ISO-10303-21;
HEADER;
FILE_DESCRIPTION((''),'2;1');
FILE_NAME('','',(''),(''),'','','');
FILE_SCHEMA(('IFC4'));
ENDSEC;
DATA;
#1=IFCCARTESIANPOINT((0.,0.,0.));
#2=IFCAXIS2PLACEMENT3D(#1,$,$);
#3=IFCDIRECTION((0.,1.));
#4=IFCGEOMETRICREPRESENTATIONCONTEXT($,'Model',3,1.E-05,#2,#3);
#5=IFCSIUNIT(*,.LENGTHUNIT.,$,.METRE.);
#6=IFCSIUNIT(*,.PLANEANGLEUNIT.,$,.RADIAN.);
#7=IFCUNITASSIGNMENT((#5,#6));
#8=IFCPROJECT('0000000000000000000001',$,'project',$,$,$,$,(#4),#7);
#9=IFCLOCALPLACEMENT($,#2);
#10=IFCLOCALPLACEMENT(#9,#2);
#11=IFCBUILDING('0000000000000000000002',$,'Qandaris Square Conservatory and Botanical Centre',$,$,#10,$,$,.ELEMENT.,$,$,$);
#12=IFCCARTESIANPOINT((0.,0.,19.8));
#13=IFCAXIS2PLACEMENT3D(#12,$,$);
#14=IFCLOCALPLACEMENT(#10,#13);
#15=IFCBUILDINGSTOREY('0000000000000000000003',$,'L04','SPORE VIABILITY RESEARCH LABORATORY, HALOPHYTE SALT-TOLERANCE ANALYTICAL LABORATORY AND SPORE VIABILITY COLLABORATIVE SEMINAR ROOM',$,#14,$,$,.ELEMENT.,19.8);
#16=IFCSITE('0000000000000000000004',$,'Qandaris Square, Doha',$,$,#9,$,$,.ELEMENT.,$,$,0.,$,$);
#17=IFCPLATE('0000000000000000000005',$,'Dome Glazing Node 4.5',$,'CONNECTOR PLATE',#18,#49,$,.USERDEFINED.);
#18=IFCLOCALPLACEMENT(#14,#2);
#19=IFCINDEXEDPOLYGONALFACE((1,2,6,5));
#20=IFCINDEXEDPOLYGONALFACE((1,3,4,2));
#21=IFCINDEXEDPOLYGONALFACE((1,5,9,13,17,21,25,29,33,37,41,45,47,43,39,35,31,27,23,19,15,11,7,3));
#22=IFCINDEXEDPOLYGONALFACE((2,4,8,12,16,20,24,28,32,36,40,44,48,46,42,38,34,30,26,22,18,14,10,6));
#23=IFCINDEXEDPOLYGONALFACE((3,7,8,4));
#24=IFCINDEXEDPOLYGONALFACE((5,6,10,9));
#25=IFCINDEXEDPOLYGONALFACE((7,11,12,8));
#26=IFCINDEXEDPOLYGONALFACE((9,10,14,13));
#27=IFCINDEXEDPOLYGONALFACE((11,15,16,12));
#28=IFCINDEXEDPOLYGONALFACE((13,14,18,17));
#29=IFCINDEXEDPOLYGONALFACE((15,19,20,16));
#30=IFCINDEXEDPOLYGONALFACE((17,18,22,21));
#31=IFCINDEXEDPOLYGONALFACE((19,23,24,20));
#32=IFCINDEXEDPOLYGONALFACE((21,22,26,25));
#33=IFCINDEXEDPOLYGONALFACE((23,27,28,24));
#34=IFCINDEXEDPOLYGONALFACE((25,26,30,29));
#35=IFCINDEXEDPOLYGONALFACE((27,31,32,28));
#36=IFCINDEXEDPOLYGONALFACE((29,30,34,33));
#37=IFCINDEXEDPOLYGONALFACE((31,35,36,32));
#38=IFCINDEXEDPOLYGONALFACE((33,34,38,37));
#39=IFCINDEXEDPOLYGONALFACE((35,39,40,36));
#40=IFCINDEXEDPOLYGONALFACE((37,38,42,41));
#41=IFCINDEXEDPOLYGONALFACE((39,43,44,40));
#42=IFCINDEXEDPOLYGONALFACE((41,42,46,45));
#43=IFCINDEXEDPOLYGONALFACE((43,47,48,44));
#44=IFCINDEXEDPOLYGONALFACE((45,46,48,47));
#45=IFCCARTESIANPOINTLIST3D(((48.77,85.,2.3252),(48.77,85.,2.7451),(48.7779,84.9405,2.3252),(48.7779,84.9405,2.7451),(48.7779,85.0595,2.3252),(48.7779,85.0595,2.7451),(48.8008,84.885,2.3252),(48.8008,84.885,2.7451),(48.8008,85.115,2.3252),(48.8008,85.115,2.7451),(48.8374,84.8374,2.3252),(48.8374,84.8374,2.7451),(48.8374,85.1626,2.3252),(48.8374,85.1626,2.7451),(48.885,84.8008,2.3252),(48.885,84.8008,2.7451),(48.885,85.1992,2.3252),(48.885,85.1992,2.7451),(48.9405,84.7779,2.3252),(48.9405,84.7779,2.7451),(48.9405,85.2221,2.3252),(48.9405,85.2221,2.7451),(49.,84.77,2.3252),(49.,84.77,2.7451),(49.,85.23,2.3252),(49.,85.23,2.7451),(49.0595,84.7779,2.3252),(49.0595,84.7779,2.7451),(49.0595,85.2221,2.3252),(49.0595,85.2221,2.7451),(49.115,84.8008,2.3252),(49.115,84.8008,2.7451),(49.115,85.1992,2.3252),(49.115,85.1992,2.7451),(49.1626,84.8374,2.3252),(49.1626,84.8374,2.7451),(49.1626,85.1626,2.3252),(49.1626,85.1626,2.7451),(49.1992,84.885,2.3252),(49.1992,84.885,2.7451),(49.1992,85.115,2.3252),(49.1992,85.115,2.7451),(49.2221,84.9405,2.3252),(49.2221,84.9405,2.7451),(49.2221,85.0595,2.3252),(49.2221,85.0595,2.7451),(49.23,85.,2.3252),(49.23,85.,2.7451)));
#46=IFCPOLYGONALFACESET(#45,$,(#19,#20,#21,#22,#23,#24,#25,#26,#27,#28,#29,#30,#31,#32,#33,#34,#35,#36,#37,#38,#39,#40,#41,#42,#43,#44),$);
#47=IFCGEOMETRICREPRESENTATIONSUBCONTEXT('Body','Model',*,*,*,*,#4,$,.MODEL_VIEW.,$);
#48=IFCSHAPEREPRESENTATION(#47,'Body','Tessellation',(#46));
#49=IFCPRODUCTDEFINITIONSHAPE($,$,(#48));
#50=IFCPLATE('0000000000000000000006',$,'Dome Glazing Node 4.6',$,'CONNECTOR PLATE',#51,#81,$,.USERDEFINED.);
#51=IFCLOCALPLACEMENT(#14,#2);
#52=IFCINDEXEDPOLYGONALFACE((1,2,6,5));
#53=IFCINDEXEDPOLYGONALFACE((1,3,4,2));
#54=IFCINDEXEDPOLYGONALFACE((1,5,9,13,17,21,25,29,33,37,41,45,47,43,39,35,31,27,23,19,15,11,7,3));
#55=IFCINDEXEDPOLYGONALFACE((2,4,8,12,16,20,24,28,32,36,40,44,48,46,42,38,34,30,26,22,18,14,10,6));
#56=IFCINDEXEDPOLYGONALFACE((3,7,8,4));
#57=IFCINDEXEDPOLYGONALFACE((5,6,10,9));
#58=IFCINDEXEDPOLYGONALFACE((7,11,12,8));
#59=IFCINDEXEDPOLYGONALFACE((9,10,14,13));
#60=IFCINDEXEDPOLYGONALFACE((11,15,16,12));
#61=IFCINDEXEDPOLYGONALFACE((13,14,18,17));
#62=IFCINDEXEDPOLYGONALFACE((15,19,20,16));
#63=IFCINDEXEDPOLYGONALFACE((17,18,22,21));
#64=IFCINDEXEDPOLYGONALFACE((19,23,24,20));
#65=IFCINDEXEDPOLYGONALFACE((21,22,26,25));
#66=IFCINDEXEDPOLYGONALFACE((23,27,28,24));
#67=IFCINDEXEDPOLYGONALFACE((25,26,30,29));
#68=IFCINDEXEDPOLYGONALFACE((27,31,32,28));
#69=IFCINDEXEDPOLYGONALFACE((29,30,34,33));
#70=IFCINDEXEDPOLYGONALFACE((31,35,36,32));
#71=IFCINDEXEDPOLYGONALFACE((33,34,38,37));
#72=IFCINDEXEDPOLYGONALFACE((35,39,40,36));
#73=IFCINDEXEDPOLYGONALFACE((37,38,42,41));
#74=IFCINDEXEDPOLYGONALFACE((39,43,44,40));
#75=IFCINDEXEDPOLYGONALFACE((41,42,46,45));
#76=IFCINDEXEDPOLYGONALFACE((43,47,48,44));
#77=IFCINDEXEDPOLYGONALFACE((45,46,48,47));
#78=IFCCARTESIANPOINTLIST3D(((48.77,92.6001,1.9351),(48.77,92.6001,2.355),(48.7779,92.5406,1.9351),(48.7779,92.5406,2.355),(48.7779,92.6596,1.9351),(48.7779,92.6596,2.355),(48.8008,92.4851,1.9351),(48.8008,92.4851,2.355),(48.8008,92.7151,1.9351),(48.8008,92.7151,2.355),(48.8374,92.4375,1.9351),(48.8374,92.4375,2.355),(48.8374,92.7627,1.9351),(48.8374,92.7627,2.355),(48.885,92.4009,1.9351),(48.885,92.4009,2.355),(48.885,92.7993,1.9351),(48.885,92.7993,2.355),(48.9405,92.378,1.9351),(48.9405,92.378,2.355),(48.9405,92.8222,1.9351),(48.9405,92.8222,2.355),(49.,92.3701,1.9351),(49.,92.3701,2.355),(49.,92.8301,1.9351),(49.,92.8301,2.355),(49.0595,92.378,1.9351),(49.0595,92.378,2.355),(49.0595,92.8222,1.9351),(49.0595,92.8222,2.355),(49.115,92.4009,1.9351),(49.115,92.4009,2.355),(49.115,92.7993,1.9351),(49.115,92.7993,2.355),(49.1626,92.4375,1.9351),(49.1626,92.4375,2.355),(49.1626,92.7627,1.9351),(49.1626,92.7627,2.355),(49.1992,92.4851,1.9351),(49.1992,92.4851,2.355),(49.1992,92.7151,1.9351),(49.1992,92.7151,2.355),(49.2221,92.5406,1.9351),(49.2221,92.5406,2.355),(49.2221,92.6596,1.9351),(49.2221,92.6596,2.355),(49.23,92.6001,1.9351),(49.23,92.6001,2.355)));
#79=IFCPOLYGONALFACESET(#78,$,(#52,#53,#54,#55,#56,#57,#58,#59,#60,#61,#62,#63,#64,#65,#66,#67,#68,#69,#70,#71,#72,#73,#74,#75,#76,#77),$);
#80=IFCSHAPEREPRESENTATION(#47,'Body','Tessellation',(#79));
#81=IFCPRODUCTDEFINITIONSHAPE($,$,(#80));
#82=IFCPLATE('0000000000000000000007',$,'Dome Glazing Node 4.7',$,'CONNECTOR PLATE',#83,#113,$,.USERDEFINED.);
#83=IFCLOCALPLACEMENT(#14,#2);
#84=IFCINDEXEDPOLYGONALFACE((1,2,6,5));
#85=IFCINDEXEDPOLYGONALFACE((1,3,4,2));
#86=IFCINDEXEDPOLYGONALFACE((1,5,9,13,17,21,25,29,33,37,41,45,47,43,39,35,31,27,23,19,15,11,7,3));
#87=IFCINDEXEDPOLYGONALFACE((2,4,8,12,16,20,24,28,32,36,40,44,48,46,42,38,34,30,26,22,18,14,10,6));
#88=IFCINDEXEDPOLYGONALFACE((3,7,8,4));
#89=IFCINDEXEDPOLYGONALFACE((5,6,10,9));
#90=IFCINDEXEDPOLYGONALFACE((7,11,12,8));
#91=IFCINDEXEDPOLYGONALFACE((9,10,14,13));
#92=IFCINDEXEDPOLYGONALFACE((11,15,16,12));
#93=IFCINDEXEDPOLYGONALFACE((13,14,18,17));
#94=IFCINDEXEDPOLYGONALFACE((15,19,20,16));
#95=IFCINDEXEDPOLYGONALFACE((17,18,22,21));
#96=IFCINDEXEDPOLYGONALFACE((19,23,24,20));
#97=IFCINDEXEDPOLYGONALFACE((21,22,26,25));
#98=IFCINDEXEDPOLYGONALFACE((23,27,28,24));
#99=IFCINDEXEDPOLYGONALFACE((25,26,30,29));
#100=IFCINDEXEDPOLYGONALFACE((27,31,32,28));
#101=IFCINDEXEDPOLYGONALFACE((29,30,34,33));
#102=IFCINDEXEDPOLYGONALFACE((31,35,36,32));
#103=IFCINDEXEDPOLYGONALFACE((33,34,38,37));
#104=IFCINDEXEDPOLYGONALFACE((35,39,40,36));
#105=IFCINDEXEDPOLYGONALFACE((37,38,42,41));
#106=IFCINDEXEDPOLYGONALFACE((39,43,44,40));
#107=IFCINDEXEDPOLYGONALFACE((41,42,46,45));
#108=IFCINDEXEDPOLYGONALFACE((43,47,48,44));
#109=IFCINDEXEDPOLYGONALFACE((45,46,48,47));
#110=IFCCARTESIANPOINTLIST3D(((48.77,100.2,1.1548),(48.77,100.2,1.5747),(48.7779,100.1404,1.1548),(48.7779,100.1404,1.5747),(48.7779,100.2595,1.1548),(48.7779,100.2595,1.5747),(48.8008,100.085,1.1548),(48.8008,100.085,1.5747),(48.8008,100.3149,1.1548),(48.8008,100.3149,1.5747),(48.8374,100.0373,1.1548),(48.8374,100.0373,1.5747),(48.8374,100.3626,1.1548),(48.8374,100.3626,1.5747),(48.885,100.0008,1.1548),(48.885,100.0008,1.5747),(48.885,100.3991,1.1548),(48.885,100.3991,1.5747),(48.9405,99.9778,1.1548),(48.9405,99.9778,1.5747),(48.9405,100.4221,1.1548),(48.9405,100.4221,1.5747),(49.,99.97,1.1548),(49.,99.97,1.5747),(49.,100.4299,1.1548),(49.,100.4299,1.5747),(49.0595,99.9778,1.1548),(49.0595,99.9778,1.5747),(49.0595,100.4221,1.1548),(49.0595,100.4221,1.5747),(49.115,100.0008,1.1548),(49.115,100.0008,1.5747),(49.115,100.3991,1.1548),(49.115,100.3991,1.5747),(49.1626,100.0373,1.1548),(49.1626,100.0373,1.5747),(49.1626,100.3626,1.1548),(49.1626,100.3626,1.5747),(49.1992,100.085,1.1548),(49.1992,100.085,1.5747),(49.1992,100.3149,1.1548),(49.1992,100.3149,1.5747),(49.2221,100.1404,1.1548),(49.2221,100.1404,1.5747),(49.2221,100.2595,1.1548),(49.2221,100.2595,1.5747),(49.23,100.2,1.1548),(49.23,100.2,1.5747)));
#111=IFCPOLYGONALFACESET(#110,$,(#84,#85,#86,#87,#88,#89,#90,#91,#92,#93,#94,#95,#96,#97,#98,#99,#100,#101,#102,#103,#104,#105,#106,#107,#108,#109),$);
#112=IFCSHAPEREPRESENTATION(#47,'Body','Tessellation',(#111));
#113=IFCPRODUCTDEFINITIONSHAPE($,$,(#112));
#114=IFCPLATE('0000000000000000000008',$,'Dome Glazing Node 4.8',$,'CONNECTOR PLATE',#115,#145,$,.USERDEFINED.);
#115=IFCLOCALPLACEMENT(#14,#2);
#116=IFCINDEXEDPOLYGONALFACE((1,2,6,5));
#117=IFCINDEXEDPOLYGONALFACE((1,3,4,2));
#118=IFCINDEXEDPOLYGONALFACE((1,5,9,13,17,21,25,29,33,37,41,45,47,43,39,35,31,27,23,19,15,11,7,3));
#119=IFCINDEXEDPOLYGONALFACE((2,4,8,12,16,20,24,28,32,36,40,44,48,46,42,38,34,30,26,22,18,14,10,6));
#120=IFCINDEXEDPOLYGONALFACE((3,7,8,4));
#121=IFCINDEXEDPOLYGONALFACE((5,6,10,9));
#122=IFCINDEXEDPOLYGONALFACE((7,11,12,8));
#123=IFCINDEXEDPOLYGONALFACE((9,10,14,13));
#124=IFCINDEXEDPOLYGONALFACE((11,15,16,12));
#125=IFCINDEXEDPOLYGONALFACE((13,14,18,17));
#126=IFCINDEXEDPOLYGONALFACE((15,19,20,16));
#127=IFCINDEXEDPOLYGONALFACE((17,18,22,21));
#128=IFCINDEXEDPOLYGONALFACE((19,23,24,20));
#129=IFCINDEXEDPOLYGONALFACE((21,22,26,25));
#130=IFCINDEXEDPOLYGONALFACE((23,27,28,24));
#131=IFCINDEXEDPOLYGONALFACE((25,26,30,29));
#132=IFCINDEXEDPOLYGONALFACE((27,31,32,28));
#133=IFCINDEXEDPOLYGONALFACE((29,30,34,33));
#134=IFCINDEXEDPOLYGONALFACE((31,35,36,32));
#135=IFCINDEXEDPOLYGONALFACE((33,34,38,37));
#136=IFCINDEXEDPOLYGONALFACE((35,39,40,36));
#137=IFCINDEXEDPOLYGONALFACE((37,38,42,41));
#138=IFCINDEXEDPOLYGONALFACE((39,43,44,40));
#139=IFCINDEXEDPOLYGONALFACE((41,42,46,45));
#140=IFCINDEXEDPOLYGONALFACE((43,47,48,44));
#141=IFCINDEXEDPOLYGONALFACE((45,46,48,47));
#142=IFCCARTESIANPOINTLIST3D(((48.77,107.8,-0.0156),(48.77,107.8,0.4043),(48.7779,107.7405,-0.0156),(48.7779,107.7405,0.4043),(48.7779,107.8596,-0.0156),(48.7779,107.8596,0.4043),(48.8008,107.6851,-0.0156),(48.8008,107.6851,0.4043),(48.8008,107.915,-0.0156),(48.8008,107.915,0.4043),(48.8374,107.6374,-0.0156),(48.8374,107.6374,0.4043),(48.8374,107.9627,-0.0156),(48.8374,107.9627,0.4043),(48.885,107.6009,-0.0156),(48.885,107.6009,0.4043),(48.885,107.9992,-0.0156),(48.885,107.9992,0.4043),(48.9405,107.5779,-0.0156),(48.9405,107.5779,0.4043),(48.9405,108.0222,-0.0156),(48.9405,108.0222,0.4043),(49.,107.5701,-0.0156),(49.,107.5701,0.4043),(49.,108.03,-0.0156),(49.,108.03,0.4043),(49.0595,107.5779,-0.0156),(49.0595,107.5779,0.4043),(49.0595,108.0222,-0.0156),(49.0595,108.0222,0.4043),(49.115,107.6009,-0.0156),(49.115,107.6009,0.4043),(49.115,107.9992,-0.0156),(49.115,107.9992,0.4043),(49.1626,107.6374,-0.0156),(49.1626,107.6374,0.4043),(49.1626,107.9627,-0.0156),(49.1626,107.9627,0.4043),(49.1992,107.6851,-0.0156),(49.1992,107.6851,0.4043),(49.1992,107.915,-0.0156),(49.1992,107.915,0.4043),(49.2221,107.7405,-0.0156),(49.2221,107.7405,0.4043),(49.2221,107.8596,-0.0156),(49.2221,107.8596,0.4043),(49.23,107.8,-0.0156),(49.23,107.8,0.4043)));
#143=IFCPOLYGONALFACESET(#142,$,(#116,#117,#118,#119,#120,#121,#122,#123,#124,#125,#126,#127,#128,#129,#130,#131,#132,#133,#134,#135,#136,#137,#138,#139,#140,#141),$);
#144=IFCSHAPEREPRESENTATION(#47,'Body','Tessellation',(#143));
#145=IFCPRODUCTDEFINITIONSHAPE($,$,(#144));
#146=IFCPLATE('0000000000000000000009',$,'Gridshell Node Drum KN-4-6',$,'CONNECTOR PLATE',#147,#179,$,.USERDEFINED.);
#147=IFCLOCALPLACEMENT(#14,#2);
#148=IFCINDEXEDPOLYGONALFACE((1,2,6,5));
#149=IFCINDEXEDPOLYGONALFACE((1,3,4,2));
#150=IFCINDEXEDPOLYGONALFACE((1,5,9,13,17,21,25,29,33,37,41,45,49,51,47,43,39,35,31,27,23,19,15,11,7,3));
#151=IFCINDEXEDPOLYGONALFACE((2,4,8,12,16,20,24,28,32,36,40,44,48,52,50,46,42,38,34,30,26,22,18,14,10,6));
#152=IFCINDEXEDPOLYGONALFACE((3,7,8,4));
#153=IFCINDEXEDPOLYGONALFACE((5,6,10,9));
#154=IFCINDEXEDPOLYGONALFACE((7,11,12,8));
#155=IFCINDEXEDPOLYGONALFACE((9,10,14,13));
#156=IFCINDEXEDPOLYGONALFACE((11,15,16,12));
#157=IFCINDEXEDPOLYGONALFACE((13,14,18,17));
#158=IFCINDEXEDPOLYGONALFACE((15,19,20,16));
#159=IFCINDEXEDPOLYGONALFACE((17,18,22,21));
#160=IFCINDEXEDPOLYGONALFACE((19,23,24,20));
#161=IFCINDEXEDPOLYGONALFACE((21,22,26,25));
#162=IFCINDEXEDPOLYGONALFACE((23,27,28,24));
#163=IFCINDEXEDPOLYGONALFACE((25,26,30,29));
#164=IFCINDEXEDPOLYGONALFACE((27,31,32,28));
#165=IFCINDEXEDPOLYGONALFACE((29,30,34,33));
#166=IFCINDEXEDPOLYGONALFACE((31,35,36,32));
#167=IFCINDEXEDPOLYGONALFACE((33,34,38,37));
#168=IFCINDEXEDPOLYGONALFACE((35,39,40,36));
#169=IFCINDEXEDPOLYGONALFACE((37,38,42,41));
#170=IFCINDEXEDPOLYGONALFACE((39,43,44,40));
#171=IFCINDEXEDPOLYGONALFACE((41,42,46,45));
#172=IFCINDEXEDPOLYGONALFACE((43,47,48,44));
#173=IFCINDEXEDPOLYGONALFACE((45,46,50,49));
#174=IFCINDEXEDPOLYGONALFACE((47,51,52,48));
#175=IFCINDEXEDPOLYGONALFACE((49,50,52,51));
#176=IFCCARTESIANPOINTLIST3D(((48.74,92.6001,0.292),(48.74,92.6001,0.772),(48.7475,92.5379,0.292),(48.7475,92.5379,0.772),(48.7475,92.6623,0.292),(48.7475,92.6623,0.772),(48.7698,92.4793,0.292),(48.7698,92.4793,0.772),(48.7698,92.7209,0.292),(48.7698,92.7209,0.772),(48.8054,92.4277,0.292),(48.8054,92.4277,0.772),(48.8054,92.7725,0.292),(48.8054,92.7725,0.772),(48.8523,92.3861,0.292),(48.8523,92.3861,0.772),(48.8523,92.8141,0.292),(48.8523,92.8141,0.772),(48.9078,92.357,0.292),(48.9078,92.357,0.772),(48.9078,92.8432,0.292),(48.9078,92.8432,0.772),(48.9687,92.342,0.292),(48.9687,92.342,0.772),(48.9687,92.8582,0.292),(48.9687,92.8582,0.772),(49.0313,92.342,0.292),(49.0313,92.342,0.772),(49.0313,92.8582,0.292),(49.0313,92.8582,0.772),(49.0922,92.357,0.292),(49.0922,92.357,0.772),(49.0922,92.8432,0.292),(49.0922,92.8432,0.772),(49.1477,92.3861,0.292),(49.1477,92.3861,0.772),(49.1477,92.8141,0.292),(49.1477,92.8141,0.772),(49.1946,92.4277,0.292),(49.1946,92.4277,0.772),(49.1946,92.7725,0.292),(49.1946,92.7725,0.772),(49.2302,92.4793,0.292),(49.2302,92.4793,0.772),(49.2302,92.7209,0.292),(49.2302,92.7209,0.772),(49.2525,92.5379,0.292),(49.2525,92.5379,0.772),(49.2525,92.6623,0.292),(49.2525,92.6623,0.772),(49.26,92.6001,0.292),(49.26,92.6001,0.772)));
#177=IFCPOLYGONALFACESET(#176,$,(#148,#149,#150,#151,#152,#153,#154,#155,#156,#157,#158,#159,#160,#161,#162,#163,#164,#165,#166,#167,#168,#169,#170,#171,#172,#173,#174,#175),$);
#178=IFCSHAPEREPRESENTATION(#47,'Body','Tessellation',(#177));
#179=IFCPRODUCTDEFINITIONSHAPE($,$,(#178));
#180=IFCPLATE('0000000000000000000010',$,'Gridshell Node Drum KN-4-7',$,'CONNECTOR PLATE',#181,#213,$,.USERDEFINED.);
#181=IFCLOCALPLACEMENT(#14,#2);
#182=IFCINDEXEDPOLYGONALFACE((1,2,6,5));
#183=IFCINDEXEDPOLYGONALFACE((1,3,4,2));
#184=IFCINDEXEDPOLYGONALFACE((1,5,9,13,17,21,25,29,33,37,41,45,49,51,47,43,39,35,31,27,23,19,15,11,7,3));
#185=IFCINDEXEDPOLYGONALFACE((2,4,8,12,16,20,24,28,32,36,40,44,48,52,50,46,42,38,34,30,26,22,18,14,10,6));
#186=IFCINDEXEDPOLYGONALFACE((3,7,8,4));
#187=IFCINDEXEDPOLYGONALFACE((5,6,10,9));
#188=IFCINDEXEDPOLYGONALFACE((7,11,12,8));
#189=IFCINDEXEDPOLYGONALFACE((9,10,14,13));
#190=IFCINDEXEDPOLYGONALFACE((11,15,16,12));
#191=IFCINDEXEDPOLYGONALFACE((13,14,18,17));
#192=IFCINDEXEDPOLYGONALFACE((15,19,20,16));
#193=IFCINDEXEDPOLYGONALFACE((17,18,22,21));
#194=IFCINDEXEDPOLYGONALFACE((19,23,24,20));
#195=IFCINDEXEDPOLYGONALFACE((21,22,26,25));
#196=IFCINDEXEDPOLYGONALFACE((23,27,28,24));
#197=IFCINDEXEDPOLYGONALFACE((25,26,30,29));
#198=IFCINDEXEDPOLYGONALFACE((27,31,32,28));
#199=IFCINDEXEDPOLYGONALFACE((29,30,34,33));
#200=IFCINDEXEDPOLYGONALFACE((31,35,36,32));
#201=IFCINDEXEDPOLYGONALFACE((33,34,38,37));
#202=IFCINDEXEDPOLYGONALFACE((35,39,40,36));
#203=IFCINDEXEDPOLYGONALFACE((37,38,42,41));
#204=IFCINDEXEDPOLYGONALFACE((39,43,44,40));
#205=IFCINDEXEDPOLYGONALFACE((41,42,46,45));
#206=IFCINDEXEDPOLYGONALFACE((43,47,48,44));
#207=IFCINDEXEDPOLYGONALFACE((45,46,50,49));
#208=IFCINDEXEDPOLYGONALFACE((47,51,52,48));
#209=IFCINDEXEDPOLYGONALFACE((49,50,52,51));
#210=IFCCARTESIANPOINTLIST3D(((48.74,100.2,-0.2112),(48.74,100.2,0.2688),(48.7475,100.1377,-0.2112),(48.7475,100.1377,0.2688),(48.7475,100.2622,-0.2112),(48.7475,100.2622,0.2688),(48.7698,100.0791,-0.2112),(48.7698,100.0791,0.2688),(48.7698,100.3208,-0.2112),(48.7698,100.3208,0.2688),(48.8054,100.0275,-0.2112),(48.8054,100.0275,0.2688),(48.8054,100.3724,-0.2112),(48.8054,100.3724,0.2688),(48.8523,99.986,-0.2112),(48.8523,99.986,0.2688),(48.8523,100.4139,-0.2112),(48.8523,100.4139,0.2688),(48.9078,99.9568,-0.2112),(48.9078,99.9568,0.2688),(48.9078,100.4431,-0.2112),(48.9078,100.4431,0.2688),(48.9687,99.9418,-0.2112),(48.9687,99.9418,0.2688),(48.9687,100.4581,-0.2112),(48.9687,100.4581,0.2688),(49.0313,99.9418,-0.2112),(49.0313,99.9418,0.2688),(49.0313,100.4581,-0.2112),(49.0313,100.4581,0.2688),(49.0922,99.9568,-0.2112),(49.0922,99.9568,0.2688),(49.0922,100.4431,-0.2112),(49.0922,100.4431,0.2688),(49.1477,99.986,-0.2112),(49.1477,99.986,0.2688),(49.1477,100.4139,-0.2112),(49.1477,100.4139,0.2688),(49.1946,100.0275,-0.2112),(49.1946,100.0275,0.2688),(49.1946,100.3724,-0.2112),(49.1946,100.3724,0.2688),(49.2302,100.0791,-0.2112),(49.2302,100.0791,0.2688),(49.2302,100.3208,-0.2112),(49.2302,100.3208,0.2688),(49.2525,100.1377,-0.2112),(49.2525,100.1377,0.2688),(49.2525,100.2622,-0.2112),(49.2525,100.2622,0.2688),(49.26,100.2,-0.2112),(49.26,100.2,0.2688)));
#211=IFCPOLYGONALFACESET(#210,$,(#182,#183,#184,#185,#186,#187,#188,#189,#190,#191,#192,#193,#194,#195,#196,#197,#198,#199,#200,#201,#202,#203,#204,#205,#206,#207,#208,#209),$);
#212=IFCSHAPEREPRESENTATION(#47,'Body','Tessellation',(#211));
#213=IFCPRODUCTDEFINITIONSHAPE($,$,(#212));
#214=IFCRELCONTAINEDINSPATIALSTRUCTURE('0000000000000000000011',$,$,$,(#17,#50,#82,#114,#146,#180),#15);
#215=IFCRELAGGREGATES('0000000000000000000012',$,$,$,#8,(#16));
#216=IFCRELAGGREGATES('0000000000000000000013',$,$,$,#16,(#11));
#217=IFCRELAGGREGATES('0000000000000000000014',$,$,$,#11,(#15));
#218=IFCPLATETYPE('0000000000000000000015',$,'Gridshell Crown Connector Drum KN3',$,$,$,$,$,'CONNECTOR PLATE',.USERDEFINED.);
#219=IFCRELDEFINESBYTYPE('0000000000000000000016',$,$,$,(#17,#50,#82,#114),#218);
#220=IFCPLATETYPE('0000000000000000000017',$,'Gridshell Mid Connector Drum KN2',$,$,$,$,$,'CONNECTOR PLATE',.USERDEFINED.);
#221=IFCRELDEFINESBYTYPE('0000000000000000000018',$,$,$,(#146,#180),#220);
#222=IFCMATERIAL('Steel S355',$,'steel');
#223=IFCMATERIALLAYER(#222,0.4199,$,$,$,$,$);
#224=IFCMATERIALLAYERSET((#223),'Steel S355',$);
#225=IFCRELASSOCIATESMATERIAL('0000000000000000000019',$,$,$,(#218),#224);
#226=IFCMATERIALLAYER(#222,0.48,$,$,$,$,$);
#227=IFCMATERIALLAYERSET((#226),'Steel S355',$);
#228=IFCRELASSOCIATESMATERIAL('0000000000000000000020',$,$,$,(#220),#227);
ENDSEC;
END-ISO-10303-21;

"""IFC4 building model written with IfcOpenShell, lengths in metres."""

from ifc_helpers import new_model, si_unit, direction, frame, origin, origin_2d, place, context, subcontext, project, spatial, circle, extrude, material, layer, layer_set, type_object, element, save


model = new_model("IFC4")

# Units and contexts
model_context = context("Model", 3, precision=1e-05, world=origin(), true_north=direction((0.0, 1.0)))
body_context = subcontext(model_context, "Body", "Model", "MODEL_VIEW")
ifc_project = project(units=[si_unit("LENGTHUNIT", "METRE"), si_unit("PLANEANGLEUNIT", "RADIAN")], contexts=[model_context])

# Site, building, storey
site_placement = place(None, origin())
site = spatial("IfcSite", under=ifc_project, at=site_placement, Name="Qandaris Square, Doha", CompositionType="ELEMENT", RefElevation=0.0)
building_placement = place(site_placement, origin())
building = spatial("IfcBuilding", under=site, at=building_placement, Name="Qandaris Square Conservatory and Botanical Centre", CompositionType="ELEMENT")
storey_placement = place(building_placement, frame((0.0, 0.0, 19.8)))
storey = spatial("IfcBuildingStorey", under=building, at=storey_placement, Name="L04", Description="SPORE VIABILITY RESEARCH LABORATORY, HALOPHYTE SALT-TOLERANCE ANALYTICAL LABORATORY AND SPORE VIABILITY COLLABORATIVE SEMINAR ROOM", CompositionType="ELEMENT", Elevation=19.8)

# Shared definitions
ifc_material_1 = material(Name="Steel S355", Category="steel")

# Plates
ifc_layer_1 = layer(ifc_material_1, 0.4199)
ifc_layer_set_1 = layer_set([ifc_layer_1], Name="Steel S355")
plate_type_1 = type_object("IfcPlateType", Name="Gridshell Crown Connector Drum KN3", ElementType="CONNECTOR PLATE", PredefinedType="USERDEFINED", material=ifc_layer_set_1)
for number, where, z_axis, x_axis, name in (
    (1, (49.0, 85.0, 2.3252), (0.0, 0.0, 1.0), (1.0, 0.0, 0.0), "Dome Glazing Node 4.5"),
    (2, (49.0, 92.6001, 1.9351), (0.0, 0.0, 1.0), (1.0, 0.0, 0.0), "Dome Glazing Node 4.6"),
    (3, (49.0, 100.2, 1.1548), (0.0, 0.0, 1.0), (1.0, 0.0, 0.0), "Dome Glazing Node 4.7"),
    (4, (49.0, 107.8, -0.0156), (0.0, 0.0, 1.0), (1.0, 0.0, 0.0), "Dome Glazing Node 4.8"),
):
    element("IfcPlate", number, at=place(storey_placement, frame(where, z_axis=z_axis, x_axis=x_axis)), inside=storey, type_object=plate_type_1, Name=name, ObjectType="CONNECTOR PLATE", PredefinedType="USERDEFINED", context=body_context, shape_type="SweptSolid", body=[
        extrude(circle(Radius=0.23, at=origin_2d()), origin(), (0.0, 0.0, 1.0), 0.4199),
    ])
ifc_layer_2 = layer(ifc_material_1, 0.48)
ifc_layer_set_2 = layer_set([ifc_layer_2], Name="Steel S355")
plate_type_2 = type_object("IfcPlateType", Name="Gridshell Mid Connector Drum KN2", ElementType="CONNECTOR PLATE", PredefinedType="USERDEFINED", material=ifc_layer_set_2)
for number, where, z_axis, x_axis, name in (
    (5, (49.0, 92.6001, 0.292), (0.0, 0.0, 1.0), (1.0, 0.0, 0.0), "Gridshell Node Drum KN-4-6"),
    (6, (49.0, 100.2, -0.2112), (0.0, 0.0, 1.0), (1.0, 0.0, 0.0), "Gridshell Node Drum KN-4-7"),
):
    element("IfcPlate", number, at=place(storey_placement, frame(where, z_axis=z_axis, x_axis=x_axis)), inside=storey, type_object=plate_type_2, Name=name, ObjectType="CONNECTOR PLATE", PredefinedType="USERDEFINED", context=body_context, shape_type="SweptSolid", body=[
        extrude(circle(Radius=0.26, at=origin_2d()), origin(), (0.0, 0.0, 1.0), 0.48),
    ])

save(model, "model.ifc")
